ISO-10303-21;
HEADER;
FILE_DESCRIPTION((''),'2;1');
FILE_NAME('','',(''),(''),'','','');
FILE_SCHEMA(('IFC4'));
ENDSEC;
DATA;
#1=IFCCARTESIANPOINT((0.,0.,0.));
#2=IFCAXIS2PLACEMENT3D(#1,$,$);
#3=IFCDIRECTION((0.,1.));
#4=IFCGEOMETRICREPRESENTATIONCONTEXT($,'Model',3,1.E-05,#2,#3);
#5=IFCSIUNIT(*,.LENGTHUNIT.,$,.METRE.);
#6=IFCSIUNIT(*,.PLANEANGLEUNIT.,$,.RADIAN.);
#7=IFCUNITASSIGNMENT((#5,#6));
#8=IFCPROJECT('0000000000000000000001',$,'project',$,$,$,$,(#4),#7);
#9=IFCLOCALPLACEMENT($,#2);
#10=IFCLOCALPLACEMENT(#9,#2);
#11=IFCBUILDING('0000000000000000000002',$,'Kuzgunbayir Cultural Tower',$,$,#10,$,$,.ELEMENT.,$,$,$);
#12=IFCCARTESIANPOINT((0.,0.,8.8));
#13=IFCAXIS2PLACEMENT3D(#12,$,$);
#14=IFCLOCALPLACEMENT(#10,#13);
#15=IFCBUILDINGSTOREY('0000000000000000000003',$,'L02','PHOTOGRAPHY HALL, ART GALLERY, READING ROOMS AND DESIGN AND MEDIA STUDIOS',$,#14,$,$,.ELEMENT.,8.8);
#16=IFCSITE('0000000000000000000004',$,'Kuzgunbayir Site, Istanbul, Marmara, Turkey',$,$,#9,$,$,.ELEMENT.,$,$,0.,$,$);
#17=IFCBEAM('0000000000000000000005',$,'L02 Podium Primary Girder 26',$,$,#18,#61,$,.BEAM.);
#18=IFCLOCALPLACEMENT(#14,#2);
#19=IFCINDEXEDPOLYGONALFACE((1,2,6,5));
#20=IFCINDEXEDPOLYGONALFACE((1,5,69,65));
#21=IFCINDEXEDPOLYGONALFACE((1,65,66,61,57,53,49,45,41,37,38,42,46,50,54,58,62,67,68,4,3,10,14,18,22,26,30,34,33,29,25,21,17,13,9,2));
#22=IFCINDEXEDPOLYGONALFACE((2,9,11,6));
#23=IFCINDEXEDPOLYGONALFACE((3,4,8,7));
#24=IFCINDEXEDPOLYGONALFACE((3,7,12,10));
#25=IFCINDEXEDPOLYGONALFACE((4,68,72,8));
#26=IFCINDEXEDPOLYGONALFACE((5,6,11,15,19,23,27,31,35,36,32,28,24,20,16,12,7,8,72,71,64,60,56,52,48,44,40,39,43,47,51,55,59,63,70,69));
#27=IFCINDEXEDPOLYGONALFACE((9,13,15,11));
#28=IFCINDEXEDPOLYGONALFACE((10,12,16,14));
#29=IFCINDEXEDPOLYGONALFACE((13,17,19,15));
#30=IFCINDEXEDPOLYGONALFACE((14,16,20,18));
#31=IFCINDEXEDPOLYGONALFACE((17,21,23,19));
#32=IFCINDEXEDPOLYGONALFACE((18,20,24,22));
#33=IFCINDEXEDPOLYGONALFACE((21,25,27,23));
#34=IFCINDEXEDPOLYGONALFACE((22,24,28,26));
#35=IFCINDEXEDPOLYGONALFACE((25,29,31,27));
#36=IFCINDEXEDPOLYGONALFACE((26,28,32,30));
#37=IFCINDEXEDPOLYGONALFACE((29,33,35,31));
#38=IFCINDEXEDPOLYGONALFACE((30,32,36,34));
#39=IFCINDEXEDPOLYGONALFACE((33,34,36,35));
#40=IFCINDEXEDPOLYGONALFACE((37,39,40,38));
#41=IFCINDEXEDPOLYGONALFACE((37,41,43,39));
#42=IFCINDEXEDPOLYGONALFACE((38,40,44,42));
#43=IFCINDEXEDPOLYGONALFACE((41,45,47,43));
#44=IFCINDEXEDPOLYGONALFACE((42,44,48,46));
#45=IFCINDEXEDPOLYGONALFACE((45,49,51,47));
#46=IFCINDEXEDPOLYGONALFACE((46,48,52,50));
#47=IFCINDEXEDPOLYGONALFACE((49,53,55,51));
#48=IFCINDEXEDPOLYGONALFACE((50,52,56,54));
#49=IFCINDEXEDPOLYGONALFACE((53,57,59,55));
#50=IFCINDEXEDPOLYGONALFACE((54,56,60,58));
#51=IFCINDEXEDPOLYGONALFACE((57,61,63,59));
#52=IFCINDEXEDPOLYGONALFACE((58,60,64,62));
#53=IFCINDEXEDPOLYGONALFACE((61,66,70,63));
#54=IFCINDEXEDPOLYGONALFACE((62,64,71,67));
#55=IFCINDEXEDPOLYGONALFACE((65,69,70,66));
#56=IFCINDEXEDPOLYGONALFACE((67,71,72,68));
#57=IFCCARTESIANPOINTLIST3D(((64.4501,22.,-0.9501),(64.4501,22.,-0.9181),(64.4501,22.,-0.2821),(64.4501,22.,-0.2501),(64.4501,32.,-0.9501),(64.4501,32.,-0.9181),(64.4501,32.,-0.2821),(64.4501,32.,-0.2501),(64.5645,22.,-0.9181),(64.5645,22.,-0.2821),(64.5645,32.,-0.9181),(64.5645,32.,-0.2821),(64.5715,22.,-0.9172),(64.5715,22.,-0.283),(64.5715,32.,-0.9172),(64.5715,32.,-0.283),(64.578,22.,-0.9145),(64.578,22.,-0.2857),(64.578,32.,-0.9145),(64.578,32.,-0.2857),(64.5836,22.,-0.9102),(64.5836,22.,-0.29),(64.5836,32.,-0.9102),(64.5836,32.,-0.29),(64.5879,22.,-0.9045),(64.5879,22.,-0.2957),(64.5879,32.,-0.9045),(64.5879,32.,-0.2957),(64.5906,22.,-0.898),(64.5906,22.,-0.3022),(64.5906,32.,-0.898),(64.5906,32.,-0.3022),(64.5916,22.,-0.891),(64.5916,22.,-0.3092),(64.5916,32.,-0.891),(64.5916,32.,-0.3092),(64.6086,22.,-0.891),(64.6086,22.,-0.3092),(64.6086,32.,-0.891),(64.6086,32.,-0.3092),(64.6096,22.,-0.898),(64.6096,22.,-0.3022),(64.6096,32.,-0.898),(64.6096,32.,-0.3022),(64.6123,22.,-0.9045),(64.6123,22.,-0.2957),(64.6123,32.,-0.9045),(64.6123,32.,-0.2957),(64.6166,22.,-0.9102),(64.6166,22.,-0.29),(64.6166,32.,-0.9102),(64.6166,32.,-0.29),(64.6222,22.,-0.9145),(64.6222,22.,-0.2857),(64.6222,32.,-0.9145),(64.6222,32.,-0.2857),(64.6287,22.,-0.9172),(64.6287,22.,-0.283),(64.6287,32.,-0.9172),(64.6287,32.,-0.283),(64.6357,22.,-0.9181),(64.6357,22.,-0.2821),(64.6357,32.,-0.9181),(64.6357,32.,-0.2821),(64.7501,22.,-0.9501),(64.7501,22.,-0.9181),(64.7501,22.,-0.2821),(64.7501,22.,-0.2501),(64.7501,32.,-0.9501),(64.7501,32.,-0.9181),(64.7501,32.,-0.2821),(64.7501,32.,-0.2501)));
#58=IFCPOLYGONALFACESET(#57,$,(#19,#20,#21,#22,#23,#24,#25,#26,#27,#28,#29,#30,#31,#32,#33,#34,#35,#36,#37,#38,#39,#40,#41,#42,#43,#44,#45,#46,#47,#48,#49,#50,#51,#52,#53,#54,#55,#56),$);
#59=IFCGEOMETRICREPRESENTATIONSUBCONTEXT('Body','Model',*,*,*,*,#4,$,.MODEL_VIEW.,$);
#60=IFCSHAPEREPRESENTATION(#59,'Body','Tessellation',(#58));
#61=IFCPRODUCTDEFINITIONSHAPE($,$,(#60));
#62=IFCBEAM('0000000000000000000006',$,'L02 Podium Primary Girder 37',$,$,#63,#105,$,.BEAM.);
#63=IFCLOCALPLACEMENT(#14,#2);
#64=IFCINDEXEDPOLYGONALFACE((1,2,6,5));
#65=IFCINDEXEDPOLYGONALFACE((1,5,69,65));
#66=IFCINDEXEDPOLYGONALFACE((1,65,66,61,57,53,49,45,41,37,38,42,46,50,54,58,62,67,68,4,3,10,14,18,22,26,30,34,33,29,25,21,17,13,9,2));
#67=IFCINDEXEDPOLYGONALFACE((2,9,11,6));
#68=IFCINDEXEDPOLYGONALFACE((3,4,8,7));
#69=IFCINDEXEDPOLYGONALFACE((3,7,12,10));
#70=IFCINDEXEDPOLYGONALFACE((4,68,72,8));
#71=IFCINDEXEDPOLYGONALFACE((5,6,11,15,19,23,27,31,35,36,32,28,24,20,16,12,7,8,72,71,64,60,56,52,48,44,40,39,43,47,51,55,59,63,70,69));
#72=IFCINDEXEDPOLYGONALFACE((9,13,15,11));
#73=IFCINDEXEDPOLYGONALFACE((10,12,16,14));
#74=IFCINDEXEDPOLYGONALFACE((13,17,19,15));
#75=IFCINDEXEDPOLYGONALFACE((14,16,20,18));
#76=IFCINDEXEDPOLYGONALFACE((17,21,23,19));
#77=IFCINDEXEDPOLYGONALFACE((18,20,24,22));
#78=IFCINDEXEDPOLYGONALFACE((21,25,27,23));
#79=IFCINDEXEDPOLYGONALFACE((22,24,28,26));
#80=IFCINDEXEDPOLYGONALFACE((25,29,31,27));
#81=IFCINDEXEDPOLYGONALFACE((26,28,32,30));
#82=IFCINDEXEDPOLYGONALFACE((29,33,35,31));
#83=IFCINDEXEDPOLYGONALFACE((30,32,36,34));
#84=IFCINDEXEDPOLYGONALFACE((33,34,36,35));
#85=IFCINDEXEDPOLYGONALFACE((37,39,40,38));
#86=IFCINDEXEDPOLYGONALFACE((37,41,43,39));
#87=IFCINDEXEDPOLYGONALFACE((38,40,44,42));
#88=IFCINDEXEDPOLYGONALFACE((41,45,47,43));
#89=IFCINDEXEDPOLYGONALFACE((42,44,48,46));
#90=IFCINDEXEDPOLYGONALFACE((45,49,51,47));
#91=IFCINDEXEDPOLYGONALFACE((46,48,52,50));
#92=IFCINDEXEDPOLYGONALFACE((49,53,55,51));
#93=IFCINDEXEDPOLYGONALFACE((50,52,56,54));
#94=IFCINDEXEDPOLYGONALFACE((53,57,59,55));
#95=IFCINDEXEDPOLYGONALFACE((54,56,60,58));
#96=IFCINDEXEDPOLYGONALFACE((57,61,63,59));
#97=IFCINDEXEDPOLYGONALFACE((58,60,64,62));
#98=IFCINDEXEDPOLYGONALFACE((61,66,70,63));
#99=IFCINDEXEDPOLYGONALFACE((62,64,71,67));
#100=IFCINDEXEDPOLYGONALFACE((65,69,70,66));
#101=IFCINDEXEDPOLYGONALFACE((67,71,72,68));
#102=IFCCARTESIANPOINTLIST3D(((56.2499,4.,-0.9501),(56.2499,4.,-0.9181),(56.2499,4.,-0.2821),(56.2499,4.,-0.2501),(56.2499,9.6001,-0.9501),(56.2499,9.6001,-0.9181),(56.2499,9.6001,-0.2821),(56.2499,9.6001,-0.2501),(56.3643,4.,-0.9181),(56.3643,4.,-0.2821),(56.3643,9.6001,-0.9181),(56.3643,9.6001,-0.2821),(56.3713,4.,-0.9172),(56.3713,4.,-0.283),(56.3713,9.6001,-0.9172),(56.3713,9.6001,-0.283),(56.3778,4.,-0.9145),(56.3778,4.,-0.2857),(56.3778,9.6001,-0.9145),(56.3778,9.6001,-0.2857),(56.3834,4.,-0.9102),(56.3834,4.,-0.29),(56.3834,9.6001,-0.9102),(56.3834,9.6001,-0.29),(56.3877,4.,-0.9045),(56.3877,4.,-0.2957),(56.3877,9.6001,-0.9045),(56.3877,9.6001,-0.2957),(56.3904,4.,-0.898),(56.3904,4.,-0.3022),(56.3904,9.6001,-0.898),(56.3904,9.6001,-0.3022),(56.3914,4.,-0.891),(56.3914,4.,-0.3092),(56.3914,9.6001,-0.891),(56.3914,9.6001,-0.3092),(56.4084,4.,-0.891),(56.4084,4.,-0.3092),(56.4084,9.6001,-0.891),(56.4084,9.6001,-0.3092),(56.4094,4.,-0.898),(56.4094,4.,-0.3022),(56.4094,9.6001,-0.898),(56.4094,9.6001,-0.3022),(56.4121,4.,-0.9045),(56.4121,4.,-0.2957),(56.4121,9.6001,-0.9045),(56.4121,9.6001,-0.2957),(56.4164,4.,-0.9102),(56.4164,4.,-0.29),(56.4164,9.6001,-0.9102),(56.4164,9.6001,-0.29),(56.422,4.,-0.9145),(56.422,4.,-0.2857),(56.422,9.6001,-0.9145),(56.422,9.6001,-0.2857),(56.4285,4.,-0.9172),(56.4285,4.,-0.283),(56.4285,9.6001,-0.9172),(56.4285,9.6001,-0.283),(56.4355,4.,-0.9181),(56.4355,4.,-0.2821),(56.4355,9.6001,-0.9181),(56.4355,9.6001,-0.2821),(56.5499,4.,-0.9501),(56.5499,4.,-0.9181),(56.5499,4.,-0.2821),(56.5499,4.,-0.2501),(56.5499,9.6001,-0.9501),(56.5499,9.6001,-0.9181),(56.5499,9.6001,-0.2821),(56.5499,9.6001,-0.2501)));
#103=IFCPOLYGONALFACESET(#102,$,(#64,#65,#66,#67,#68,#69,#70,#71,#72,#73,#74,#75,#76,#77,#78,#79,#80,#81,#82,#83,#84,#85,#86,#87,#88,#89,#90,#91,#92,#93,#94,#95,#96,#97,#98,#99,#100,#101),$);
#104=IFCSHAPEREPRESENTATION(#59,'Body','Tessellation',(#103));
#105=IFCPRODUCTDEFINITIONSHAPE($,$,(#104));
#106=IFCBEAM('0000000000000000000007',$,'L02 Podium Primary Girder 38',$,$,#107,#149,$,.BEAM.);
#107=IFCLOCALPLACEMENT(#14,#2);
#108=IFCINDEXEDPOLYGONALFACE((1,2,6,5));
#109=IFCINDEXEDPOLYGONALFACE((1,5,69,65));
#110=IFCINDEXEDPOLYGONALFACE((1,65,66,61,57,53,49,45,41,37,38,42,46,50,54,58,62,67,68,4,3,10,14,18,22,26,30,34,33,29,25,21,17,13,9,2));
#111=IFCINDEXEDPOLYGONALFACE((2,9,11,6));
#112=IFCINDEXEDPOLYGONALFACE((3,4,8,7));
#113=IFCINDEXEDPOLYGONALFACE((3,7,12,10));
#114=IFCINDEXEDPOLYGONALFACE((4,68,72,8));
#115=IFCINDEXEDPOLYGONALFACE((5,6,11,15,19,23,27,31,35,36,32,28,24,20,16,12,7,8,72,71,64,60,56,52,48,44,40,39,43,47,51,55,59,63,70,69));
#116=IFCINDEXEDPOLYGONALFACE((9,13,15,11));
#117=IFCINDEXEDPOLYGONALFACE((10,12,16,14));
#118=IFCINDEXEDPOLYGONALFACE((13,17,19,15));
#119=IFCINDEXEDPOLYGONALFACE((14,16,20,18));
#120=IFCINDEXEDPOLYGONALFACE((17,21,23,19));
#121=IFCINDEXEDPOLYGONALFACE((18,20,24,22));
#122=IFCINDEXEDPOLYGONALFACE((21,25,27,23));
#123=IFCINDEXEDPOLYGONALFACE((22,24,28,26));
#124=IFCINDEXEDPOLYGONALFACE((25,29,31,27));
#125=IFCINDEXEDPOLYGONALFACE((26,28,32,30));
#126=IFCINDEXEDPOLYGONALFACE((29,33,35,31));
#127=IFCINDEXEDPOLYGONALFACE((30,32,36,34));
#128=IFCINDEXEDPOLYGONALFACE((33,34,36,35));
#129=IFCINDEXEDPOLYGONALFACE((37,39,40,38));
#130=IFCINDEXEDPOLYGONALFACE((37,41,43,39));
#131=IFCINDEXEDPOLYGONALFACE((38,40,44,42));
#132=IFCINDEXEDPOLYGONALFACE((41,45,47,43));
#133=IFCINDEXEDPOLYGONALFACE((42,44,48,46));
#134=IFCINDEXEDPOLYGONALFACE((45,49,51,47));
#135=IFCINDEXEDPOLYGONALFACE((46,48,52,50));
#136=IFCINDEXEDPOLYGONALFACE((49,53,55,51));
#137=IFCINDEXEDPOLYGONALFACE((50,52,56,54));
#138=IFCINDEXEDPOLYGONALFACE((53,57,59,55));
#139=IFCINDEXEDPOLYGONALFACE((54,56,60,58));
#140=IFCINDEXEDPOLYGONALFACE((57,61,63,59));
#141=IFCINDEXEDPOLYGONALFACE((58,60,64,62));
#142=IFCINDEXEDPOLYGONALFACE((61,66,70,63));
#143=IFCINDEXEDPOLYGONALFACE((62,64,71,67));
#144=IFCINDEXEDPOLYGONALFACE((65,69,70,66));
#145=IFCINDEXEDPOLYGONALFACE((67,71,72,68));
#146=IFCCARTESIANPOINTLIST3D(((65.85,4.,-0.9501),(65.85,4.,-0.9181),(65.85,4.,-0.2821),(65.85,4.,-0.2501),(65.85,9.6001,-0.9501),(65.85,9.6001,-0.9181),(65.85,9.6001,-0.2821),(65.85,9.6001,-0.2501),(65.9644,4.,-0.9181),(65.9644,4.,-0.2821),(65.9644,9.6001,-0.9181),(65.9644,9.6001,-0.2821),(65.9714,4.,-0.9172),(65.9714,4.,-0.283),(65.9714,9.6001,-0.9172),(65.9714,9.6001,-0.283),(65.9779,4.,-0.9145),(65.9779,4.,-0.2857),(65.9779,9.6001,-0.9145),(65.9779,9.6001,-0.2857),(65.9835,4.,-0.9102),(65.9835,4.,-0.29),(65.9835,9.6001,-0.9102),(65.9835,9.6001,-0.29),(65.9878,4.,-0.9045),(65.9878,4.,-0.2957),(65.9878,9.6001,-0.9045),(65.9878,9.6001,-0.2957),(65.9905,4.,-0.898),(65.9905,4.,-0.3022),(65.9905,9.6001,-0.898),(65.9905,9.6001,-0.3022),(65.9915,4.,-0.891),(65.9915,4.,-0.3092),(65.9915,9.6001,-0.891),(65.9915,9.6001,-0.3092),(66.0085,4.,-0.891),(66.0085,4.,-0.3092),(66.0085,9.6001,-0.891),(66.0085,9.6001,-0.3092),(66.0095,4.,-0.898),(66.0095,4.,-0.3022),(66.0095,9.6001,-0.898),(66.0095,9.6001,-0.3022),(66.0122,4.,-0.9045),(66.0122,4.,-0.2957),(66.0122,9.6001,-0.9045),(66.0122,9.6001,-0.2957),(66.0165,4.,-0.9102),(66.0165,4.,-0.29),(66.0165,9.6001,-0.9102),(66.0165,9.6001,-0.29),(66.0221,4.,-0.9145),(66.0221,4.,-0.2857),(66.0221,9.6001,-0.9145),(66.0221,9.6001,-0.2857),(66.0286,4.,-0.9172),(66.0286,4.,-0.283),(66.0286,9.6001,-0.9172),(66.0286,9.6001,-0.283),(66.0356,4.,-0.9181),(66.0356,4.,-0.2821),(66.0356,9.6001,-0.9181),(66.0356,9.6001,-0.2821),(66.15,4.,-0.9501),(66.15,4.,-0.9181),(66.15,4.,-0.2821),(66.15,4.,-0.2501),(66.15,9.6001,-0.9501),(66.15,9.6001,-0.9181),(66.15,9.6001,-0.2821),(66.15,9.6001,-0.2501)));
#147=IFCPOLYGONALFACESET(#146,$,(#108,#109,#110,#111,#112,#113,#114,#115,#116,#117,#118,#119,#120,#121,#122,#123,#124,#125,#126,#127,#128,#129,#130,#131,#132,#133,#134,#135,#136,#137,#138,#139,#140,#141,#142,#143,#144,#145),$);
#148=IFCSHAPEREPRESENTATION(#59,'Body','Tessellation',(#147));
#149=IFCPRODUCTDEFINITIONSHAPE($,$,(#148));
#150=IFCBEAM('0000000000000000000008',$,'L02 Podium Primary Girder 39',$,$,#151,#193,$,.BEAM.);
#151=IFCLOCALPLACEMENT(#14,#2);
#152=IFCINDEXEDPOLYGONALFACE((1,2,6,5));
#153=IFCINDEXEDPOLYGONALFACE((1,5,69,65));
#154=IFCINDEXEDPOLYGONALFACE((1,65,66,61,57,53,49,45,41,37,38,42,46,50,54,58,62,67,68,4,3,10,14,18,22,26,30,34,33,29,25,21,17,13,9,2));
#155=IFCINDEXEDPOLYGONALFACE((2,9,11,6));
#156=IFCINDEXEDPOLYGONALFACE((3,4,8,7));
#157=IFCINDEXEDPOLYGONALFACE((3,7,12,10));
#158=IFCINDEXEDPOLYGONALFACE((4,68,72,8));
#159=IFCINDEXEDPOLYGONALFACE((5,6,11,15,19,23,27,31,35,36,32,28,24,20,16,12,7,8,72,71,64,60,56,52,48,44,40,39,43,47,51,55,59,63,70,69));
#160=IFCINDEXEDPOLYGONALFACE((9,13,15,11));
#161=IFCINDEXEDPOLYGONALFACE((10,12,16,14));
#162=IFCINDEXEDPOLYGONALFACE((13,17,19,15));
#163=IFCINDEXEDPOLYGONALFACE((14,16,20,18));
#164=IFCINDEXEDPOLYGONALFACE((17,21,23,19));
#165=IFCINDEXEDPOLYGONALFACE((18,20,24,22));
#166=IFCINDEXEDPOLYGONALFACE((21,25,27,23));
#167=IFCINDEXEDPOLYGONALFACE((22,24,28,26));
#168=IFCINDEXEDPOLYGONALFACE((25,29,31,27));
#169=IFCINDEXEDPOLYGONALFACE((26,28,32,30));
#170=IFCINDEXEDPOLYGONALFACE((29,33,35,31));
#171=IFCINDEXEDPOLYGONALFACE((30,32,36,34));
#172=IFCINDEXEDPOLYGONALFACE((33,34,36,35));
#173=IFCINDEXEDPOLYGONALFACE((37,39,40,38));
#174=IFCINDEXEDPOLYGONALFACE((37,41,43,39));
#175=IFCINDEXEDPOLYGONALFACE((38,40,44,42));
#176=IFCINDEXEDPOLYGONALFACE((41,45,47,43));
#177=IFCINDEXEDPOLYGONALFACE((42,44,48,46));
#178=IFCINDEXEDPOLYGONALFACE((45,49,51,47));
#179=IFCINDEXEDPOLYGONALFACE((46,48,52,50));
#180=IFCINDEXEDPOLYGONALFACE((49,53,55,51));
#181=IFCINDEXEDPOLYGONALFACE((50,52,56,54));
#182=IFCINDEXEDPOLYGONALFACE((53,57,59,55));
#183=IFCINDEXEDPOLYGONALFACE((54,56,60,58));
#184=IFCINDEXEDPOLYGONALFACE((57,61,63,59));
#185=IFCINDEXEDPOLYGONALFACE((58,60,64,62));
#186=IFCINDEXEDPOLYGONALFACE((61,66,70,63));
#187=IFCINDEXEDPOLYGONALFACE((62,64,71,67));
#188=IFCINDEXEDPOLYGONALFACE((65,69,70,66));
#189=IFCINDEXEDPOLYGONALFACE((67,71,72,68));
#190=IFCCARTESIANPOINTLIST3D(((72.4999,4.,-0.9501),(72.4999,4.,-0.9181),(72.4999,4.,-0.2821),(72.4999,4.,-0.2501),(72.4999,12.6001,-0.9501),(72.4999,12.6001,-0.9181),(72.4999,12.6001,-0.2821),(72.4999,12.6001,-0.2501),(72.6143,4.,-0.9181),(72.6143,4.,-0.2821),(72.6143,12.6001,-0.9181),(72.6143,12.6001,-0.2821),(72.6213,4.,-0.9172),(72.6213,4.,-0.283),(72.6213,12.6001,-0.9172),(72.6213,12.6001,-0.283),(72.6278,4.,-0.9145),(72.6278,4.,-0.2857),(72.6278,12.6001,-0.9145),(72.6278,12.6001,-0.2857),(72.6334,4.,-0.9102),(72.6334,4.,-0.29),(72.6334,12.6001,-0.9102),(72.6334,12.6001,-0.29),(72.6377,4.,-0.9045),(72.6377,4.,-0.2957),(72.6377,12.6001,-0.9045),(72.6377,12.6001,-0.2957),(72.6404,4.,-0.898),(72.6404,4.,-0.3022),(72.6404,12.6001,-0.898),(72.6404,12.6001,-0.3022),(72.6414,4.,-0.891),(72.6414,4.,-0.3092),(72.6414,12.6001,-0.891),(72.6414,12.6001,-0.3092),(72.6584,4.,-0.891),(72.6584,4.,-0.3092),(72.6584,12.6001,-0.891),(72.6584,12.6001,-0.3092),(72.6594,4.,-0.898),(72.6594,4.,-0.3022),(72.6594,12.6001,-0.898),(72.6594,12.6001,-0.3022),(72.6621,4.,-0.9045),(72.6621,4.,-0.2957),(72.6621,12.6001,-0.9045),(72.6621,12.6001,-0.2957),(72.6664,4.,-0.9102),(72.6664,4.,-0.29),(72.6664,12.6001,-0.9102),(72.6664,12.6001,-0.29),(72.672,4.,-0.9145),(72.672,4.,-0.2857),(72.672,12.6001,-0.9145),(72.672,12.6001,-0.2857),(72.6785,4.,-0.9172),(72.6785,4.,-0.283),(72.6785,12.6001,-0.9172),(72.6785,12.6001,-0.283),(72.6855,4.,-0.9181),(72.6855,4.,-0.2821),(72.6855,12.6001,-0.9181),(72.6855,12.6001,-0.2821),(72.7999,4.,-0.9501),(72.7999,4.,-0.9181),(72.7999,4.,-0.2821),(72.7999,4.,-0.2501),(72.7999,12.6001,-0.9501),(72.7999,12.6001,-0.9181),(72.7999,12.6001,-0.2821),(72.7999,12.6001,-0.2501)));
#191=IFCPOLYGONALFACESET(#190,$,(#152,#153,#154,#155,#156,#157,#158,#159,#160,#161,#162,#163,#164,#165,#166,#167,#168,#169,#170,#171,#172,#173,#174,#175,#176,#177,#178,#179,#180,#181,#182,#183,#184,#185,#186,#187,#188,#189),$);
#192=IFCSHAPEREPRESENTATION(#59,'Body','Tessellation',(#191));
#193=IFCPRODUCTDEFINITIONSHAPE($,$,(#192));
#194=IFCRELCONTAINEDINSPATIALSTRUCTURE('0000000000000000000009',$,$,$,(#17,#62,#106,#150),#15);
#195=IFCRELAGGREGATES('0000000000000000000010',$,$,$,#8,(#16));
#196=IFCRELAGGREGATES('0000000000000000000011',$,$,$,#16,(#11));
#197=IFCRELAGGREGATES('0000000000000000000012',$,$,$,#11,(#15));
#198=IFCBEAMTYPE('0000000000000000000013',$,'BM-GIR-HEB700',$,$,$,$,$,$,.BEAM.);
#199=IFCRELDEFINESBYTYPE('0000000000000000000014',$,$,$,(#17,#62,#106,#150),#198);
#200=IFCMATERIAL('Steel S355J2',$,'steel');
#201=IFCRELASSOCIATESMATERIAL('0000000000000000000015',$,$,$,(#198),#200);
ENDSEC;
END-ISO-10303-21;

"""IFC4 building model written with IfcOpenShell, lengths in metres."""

from ifc_helpers import new_model, si_unit, direction, frame, origin, origin_2d, place, context, subcontext, project, spatial, i_section, extrude, material, material_profile, profile_set, type_object, element, save


model = new_model("IFC4")

# Units and contexts
model_context = context("Model", 3, precision=1e-05, world=origin(), true_north=direction((0.0, 1.0)))
body_context = subcontext(model_context, "Body", "Model", "MODEL_VIEW")
ifc_project = project(units=[si_unit("LENGTHUNIT", "METRE"), si_unit("PLANEANGLEUNIT", "RADIAN")], contexts=[model_context])

# Site, building, storey
site_placement = place(None, origin())
site = spatial("IfcSite", under=ifc_project, at=site_placement, Name="Kuzgunbayir Site, Istanbul, Marmara, Turkey", CompositionType="ELEMENT", RefElevation=0.0)
building_placement = place(site_placement, origin())
building = spatial("IfcBuilding", under=site, at=building_placement, Name="Kuzgunbayir Cultural Tower", CompositionType="ELEMENT")
storey_placement = place(building_placement, frame((0.0, 0.0, 8.8)))
storey = spatial("IfcBuildingStorey", under=building, at=storey_placement, Name="L02", Description="PHOTOGRAPHY HALL, ART GALLERY, READING ROOMS AND DESIGN AND MEDIA STUDIOS", CompositionType="ELEMENT", Elevation=8.8)

# Beams
ifc_material_1 = material(Name="Steel S355J2", Category="steel")
ifc_material_profile_1 = material_profile(ifc_material_1, i_section(OverallWidth=0.3, OverallDepth=0.7, WebThickness=0.0171, FlangeThickness=0.032, FilletRadius=0.0271, at=origin_2d()), Name="HEB 700")
ifc_profile_set_1 = profile_set([ifc_material_profile_1], Name="Steel S355J2")
beam_type = type_object("IfcBeamType", Name="BM-GIR-HEB700", PredefinedType="BEAM", material=ifc_profile_set_1)
beam_1_placement = place(storey_placement, frame((64.6001, 22.0, -0.6001), z_axis=(0.0, 1.0, 0.0), x_axis=(-1.0, 0.0, 0.0)))
element("IfcBeam", 1, at=beam_1_placement, inside=storey, type_object=beam_type, Name="L02 Podium Primary Girder 26", PredefinedType="BEAM", context=body_context, shape_type="SweptSolid", body=[
    extrude(i_section(OverallWidth=0.3, OverallDepth=0.7, WebThickness=0.0171, FlangeThickness=0.032, FilletRadius=0.0271, at=origin_2d()), origin(), (0.0, 0.0, 1.0), 10.0),
])
for number, where, z_axis, x_axis, name in (
    (2, (56.3999, 4.0, -0.6001), (0.0, 1.0, 0.0), (-1.0, 0.0, 0.0), "L02 Podium Primary Girder 37"),
    (3, (66.0, 4.0, -0.6001), (0.0, 1.0, 0.0), (-1.0, 0.0, 0.0), "L02 Podium Primary Girder 38"),
):
    element("IfcBeam", number, at=place(storey_placement, frame(where, z_axis=z_axis, x_axis=x_axis)), inside=storey, type_object=beam_type, Name=name, PredefinedType="BEAM", context=body_context, shape_type="SweptSolid", body=[
        extrude(i_section(OverallWidth=0.3, OverallDepth=0.7, WebThickness=0.0171, FlangeThickness=0.032, FilletRadius=0.0271, at=origin_2d()), origin(), (0.0, 0.0, 1.0), 5.6001),
    ])
beam_2_placement = place(storey_placement, frame((72.6499, 4.0, -0.6001), z_axis=(0.0, 1.0, 0.0), x_axis=(-1.0, 0.0, 0.0)))
element("IfcBeam", 4, at=beam_2_placement, inside=storey, type_object=beam_type, Name="L02 Podium Primary Girder 39", PredefinedType="BEAM", context=body_context, shape_type="SweptSolid", body=[
    extrude(i_section(OverallWidth=0.3, OverallDepth=0.7, WebThickness=0.0171, FlangeThickness=0.032, FilletRadius=0.0271, at=origin_2d()), origin(), (0.0, 0.0, 1.0), 8.6001),
])

save(model, "model.ifc")
